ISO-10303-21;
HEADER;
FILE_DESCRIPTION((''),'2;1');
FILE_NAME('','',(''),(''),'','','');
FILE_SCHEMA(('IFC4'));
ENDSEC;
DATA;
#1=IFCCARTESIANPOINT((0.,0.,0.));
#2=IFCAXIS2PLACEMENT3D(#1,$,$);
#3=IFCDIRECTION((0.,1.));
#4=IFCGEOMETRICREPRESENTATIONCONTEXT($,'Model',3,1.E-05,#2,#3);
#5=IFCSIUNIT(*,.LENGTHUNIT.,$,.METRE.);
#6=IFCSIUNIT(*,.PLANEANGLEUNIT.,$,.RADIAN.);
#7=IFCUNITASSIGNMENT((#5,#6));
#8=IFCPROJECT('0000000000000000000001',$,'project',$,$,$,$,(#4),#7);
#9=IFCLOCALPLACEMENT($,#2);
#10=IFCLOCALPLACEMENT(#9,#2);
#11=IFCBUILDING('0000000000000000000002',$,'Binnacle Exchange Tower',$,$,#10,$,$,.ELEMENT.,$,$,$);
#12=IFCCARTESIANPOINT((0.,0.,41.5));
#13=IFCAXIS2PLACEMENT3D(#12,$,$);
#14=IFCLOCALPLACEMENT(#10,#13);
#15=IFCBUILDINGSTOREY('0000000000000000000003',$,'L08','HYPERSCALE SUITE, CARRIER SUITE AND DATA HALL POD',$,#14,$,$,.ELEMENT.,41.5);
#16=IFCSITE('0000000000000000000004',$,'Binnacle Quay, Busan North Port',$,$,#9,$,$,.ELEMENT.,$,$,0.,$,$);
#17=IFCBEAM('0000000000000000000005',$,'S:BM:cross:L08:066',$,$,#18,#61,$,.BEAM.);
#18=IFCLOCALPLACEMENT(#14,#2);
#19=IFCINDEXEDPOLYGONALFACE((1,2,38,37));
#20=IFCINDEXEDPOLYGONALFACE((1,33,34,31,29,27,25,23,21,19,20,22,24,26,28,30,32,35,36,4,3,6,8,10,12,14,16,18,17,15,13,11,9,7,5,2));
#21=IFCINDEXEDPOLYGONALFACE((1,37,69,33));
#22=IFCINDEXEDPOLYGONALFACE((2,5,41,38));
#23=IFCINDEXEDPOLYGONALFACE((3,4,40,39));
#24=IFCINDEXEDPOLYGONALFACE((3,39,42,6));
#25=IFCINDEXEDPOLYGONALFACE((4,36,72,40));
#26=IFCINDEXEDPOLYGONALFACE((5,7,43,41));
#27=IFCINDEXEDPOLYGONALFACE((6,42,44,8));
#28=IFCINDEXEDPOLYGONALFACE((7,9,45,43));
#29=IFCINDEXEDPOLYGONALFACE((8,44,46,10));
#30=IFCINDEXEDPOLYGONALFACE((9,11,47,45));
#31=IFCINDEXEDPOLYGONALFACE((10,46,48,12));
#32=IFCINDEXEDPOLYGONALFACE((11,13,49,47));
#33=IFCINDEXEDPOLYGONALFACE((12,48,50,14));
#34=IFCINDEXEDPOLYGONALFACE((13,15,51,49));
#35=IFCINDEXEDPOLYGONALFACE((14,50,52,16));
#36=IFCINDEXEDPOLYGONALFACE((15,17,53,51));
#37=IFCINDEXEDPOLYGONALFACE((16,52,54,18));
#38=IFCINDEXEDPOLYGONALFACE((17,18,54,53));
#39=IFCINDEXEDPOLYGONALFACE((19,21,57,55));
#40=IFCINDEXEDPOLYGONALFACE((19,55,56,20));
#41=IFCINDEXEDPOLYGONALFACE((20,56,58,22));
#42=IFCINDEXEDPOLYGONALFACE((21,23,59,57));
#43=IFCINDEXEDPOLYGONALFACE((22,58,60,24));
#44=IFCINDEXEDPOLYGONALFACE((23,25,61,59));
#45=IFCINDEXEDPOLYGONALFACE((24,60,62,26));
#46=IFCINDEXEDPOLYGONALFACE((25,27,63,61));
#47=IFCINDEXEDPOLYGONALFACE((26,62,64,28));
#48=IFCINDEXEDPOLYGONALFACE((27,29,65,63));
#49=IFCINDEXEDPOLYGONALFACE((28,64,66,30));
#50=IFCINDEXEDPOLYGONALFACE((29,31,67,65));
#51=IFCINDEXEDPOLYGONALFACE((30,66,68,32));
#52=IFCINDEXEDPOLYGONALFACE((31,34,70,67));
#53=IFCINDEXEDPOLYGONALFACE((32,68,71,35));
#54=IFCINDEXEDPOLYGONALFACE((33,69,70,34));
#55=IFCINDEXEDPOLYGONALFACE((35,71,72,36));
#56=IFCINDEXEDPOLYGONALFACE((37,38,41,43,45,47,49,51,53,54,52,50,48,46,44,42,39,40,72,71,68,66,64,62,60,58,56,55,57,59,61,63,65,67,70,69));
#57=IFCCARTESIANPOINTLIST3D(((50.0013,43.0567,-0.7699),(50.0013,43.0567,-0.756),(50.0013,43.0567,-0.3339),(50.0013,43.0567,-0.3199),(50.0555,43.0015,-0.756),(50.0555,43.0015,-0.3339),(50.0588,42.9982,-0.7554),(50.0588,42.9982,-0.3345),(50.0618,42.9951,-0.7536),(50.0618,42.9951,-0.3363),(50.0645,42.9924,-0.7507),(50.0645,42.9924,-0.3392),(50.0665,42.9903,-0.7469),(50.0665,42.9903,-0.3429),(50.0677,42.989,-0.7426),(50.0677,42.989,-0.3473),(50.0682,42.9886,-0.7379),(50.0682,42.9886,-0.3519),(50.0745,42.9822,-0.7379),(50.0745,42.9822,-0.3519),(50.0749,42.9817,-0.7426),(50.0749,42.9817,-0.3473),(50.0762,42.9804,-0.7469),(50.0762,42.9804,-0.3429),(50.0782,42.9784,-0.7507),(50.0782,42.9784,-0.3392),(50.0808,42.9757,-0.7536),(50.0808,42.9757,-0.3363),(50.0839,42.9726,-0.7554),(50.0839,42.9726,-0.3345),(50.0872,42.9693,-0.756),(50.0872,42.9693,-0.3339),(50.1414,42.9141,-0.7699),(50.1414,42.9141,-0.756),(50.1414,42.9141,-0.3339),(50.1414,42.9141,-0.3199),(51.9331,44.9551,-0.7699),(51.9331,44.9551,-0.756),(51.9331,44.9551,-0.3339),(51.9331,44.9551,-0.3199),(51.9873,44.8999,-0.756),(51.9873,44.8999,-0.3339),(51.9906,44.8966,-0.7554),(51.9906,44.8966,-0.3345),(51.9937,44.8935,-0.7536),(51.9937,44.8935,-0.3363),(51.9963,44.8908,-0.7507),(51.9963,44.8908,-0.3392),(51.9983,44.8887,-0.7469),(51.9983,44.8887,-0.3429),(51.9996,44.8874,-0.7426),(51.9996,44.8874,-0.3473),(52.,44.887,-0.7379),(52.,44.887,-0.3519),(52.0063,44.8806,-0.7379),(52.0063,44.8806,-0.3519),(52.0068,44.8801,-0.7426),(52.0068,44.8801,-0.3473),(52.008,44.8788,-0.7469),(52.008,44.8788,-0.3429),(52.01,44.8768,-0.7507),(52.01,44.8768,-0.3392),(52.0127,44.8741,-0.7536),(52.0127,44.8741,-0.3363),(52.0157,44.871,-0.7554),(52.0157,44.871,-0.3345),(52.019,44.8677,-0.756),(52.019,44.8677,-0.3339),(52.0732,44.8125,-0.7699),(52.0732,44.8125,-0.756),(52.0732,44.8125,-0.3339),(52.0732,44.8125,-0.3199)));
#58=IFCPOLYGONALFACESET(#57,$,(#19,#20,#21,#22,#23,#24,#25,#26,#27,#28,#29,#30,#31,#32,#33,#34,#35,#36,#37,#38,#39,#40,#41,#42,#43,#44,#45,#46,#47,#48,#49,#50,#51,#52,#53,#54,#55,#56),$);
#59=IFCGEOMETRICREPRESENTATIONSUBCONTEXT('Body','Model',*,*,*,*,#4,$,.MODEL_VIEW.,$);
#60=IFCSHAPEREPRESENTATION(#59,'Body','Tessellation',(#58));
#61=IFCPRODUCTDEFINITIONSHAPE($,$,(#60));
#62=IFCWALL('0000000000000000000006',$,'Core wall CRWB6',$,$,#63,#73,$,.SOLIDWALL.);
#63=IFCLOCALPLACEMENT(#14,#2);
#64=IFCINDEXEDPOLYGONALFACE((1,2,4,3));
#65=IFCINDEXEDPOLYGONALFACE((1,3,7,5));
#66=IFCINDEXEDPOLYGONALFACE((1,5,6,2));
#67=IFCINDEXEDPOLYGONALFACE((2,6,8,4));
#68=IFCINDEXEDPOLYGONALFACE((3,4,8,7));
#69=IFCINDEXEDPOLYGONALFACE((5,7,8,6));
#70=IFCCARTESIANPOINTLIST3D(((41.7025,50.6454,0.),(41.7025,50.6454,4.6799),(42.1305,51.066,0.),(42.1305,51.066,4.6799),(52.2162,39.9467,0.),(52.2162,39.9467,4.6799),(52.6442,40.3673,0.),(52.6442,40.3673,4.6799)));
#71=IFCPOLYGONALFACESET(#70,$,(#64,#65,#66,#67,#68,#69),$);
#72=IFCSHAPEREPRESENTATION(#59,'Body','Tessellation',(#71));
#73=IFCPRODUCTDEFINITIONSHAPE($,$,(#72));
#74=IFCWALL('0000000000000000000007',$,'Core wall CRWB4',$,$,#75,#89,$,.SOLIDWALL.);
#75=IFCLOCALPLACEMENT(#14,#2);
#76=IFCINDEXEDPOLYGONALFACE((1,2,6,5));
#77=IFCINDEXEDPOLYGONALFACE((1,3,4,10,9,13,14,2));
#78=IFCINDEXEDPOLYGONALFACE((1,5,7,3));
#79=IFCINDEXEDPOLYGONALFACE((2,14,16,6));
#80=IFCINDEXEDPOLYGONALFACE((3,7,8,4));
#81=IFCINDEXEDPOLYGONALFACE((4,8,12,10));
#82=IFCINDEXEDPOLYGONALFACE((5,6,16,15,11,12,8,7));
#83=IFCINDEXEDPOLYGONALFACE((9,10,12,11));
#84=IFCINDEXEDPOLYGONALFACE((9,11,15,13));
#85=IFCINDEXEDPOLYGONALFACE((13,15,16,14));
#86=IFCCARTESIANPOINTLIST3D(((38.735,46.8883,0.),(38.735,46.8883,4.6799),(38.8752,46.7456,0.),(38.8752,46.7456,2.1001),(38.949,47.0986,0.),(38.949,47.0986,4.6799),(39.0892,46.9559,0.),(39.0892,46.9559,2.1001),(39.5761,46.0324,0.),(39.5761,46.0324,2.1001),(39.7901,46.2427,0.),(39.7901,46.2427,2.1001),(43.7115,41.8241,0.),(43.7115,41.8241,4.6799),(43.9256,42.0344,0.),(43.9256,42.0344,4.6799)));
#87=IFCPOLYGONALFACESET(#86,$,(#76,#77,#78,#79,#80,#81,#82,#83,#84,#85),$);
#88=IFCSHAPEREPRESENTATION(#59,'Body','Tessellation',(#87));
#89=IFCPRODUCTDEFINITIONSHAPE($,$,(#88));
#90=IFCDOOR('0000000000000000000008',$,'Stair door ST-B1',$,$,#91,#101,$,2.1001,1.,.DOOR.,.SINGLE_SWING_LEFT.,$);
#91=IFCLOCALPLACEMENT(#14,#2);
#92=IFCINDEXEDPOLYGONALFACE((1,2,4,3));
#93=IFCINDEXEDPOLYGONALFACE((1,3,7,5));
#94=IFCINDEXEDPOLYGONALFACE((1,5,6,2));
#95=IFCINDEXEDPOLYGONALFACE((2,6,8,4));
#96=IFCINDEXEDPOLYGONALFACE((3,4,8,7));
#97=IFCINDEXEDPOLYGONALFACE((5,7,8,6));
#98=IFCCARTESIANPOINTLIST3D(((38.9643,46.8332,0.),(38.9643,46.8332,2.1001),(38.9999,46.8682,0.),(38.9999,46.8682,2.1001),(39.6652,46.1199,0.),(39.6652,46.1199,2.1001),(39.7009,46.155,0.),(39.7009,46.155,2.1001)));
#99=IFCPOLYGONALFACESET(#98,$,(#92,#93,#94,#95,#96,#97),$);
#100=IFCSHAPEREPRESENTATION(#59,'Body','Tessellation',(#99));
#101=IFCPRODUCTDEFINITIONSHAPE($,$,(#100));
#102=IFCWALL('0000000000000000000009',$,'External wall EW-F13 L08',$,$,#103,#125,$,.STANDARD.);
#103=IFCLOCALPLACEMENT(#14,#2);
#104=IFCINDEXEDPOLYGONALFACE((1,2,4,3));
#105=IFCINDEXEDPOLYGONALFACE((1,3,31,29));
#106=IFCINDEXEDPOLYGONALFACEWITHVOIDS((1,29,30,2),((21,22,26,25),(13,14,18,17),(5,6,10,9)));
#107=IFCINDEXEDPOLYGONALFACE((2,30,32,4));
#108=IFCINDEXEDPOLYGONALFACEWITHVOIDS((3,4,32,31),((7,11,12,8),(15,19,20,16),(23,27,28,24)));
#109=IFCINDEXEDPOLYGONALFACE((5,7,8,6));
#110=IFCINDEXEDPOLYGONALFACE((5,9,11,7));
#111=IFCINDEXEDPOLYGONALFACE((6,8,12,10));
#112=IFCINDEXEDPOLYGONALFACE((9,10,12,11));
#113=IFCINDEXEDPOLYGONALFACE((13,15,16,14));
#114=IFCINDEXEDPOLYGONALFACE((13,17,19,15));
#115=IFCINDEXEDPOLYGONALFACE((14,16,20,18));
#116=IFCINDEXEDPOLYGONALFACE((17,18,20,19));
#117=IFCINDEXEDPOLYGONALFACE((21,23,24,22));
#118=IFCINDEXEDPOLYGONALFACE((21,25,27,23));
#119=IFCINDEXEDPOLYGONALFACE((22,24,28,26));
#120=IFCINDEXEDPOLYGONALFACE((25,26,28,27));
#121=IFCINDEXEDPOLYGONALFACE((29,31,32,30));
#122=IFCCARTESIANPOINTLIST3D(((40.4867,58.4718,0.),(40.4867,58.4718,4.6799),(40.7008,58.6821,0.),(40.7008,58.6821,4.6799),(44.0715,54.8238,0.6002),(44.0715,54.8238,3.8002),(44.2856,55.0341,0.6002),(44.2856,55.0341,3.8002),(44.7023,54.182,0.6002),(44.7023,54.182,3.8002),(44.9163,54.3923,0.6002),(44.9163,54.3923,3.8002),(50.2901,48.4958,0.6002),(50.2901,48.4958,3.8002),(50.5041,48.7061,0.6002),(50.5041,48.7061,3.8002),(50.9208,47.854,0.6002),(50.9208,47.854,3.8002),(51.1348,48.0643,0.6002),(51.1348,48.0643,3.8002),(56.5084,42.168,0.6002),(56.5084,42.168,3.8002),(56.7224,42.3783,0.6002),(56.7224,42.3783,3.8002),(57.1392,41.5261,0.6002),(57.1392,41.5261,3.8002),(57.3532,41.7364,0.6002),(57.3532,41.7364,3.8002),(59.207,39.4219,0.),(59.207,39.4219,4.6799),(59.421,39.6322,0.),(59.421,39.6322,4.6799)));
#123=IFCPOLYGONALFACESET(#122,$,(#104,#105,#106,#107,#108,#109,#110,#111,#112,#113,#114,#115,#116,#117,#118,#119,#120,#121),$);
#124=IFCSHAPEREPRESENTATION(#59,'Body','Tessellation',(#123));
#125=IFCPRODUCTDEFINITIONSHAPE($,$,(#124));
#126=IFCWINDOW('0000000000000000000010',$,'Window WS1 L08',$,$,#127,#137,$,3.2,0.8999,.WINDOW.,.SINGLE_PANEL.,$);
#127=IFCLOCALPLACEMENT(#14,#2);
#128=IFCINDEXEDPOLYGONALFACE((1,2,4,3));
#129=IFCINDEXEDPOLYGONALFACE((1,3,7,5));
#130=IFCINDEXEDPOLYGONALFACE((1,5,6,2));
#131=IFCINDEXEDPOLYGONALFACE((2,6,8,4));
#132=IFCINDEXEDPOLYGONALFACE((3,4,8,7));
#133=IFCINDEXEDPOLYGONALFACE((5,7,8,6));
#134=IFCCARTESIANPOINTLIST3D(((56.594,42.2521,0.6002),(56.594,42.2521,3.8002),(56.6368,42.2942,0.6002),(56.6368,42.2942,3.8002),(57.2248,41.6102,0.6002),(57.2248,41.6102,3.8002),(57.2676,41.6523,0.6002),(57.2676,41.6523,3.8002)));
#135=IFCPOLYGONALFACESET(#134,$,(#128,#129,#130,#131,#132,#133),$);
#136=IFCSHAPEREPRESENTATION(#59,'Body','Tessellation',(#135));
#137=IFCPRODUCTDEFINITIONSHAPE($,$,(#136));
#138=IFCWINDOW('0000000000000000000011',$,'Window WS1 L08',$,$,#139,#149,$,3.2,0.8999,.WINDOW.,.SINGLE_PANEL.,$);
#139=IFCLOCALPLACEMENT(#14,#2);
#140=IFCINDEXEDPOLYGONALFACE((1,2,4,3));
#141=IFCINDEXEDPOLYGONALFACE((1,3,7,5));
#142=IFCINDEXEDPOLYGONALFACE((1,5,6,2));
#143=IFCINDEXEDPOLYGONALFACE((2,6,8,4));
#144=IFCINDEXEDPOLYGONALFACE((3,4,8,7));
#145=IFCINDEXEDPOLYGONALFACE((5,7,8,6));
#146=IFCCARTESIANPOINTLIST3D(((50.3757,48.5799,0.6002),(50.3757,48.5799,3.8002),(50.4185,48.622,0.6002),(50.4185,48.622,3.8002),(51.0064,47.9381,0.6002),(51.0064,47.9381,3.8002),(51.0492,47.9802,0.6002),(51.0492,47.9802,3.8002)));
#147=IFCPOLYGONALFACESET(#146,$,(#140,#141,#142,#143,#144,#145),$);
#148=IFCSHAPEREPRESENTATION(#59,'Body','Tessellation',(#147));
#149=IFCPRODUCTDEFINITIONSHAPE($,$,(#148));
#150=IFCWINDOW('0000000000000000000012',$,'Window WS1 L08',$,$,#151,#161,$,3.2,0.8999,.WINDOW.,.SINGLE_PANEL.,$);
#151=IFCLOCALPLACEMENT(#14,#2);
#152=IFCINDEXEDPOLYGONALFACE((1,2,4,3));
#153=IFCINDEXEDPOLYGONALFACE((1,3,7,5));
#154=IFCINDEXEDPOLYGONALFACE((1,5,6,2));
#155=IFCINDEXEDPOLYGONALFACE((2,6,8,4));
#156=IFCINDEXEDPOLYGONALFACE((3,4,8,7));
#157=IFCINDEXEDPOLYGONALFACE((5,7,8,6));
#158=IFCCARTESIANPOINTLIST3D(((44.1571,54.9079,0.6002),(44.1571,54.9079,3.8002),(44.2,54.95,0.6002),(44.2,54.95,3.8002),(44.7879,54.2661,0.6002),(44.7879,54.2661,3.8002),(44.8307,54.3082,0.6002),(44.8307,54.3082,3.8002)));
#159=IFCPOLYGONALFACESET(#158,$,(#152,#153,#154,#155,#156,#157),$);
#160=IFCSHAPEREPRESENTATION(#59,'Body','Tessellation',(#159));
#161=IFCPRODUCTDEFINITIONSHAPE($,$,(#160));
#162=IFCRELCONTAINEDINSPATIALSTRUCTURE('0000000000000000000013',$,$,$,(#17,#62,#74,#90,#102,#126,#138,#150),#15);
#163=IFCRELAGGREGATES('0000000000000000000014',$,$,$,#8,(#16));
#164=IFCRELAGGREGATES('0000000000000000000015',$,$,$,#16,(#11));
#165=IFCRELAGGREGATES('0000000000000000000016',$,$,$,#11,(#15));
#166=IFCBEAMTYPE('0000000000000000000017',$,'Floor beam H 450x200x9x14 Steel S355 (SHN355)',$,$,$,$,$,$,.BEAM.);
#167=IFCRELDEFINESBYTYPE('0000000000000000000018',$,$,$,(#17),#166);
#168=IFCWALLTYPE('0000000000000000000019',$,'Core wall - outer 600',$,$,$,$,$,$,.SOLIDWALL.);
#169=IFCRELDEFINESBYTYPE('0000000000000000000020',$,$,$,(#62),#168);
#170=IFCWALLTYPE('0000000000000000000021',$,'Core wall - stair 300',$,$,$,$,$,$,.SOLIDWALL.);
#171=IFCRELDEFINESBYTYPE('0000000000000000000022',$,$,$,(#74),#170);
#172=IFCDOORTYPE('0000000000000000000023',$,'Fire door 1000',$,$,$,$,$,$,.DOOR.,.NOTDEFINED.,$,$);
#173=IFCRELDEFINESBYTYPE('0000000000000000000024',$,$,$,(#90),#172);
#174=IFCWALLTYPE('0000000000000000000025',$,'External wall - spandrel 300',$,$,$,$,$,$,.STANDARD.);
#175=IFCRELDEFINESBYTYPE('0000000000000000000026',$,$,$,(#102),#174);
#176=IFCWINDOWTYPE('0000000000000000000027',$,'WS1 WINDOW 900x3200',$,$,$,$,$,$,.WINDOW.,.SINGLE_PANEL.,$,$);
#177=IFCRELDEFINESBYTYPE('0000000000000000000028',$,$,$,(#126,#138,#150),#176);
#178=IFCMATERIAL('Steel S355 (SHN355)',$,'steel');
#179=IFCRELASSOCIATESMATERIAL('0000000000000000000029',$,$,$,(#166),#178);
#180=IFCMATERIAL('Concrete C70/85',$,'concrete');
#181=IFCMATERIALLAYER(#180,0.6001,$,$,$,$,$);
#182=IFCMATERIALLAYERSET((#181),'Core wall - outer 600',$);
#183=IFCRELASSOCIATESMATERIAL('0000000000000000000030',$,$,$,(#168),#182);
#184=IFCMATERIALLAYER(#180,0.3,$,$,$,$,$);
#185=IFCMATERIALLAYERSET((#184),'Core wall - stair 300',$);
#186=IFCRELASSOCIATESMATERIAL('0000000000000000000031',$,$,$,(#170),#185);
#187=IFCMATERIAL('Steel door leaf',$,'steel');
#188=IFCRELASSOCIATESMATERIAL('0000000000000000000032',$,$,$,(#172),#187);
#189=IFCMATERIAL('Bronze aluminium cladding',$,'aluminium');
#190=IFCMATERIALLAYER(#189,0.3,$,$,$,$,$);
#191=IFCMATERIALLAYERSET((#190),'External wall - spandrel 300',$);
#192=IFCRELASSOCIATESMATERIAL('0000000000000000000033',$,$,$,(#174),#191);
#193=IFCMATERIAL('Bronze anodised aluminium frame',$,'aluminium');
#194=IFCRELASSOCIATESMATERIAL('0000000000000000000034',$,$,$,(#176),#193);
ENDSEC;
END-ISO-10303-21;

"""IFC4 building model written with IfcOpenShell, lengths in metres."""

from ifc_helpers import new_model, si_unit, direction, frame, frame_2d, origin, origin_2d, place, context, subcontext, project, spatial, rectangle, i_section, extrude, material, layer, layer_set, material_profile, profile_set, type_object, element, fill, save


model = new_model("IFC4")

# Units and contexts
model_context = context("Model", 3, precision=1e-05, world=origin(), true_north=direction((0.0, 1.0)))
body_context = subcontext(model_context, "Body", "Model", "MODEL_VIEW")
ifc_project = project(units=[si_unit("LENGTHUNIT", "METRE"), si_unit("PLANEANGLEUNIT", "RADIAN")], contexts=[model_context])

# Site, building, storey
site_placement = place(None, origin())
site = spatial("IfcSite", under=ifc_project, at=site_placement, Name="Binnacle Quay, Busan North Port", CompositionType="ELEMENT", RefElevation=0.0)
building_placement = place(site_placement, origin())
building = spatial("IfcBuilding", under=site, at=building_placement, Name="Binnacle Exchange Tower", CompositionType="ELEMENT")
storey_placement = place(building_placement, frame((0.0, 0.0, 41.5)))
storey = spatial("IfcBuildingStorey", under=building, at=storey_placement, Name="L08", Description="HYPERSCALE SUITE, CARRIER SUITE AND DATA HALL POD", CompositionType="ELEMENT", Elevation=41.5)

# Shared definitions
ifc_material_1 = material(Name="Concrete C70/85", Category="concrete")

# Beam
ifc_material_2 = material(Name="Steel S355 (SHN355)", Category="steel")
ifc_material_profile_1 = material_profile(ifc_material_2, i_section(OverallWidth=0.2, OverallDepth=0.45, WebThickness=0.009, FlangeThickness=0.0139, FilletRadius=0.0181, at=origin_2d()), Name="H 450x200x9x14")
ifc_profile_set_1 = profile_set([ifc_material_profile_1], Name="Steel S355 (SHN355)")
beam_type_1 = type_object("IfcBeamType", Name="Floor beam H 450x200x9x14 Steel S355 (SHN355)", PredefinedType="BEAM", material=ifc_profile_set_1)
for number, where, z_axis, x_axis, name in (
    (1, (52.0032, 44.8838, -0.5449), (-0.713254, -0.700905, 0.0), (0.700905, -0.713254, 0.0), "S:BM:cross:L08:066"),
):
    element("IfcBeam", number, at=place(storey_placement, frame(where, z_axis=z_axis, x_axis=x_axis)), inside=storey, type_object=beam_type_1, Name=name, PredefinedType="BEAM", context=body_context, shape_type="SweptSolid", body=[
        extrude(i_section(OverallWidth=0.2, OverallDepth=0.45, WebThickness=0.009, FlangeThickness=0.0139, FilletRadius=0.0181, at=origin_2d()), origin(), (0.0, 0.0, 1.0), 2.7085),
    ])

# Wall
ifc_layer_1 = layer(ifc_material_1, 0.6001)
ifc_layer_set_1 = layer_set([ifc_layer_1], Name="Core wall - outer 600")
wall_type_1 = type_object("IfcWallType", Name="Core wall - outer 600", PredefinedType="SOLIDWALL", material=ifc_layer_set_1)
wall_1_placement = place(storey_placement, frame((41.9165, 50.8557, 0.0), z_axis=(0.0, 0.0, 1.0), x_axis=(0.700911, -0.713248, 0.0)))
element("IfcWall", 2, at=wall_1_placement, inside=storey, type_object=wall_type_1, Name="Core wall CRWB6", PredefinedType="SOLIDWALL", context=body_context, shape_type="SweptSolid", body=[
    extrude(rectangle(XDim=15.0, YDim=0.6001, at=frame_2d((7.5, 0.0))), origin(), (0.0, 0.0, 1.0), 4.6799),
])

# Wall, opening, door
ifc_layer_2 = layer(ifc_material_1, 0.3)
ifc_layer_set_2 = layer_set([ifc_layer_2], Name="Core wall - stair 300")
wall_type_2 = type_object("IfcWallType", Name="Core wall - stair 300", PredefinedType="SOLIDWALL", material=ifc_layer_set_2)
wall_2_placement = place(storey_placement, frame((38.842, 46.9934, 0.0), z_axis=(0.0, 0.0, 1.0), x_axis=(0.700908, -0.713252, 0.0)))
wall_2 = element("IfcWall", 3, at=wall_2_placement, inside=storey, type_object=wall_type_2, Name="Core wall CRWB4", PredefinedType="SOLIDWALL", context=body_context, shape_type="SweptSolid", body=[
    extrude(rectangle(XDim=7.1001, YDim=0.3, at=frame_2d((3.55, 0.0))), origin(), (0.0, 0.0, 1.0), 4.6799),
])
opening_1_placement = place(wall_2_placement, frame((0.2, 0.0, 0.0)))
opening_1 = element("IfcOpeningElement", 4, at=opening_1_placement, cuts=wall_2, PredefinedType="OPENING", context=body_context, shape_type="SweptSolid", body=[
    extrude(rectangle(XDim=1.0, YDim=2.1001, at=frame_2d((0.5, 1.05))), frame((0.0, 0.1599, 0.0), z_axis=(0.0, -1.0, 0.0), x_axis=(1.0, 0.0, 0.0)), (0.0, 0.0, 1.0), 0.3201),
])
ifc_material_3 = material(Name="Steel door leaf", Category="steel")
door_type = type_object("IfcDoorType", Name="Fire door 1000", OperationType="NOTDEFINED", PredefinedType="DOOR", material=ifc_material_3)
door_placement = place(opening_1_placement, origin())
door = element("IfcDoor", 5, at=door_placement, inside=storey, type_object=door_type, Name="Stair door ST-B1", OperationType="SINGLE_SWING_LEFT", OverallHeight=2.1001, OverallWidth=1.0, PredefinedType="DOOR", context=body_context, shape_type="SweptSolid", body=[
    extrude(rectangle(XDim=1.0, YDim=2.1001, at=frame_2d((0.5, 1.05))), frame((0.0, 0.0249, 0.0), z_axis=(0.0, -1.0, 0.0), x_axis=(1.0, 0.0, 0.0)), (0.0, 0.0, 1.0), 0.05),
])
fill(opening_1, door)

# Wall, openings, windows
ifc_material_4 = material(Name="Bronze aluminium cladding", Category="aluminium")
ifc_layer_3 = layer(ifc_material_4, 0.3)
ifc_layer_set_3 = layer_set([ifc_layer_3], Name="External wall - spandrel 300")
wall_type_3 = type_object("IfcWallType", Name="External wall - spandrel 300", PredefinedType="STANDARD", material=ifc_layer_set_3)
wall_3_placement = place(storey_placement, frame((40.5938, 58.5769, 0.0), z_axis=(0.0, 0.0, 1.0), x_axis=(0.70091, -0.71325, 0.0)))
wall_3 = element("IfcWall", 6, at=wall_3_placement, inside=storey, type_object=wall_type_3, Name="External wall EW-F13 L08", PredefinedType="STANDARD", context=body_context, shape_type="SweptSolid", body=[
    extrude(rectangle(XDim=26.7085, YDim=0.3, at=frame_2d((13.3542, 0.0))), origin(), (0.0, 0.0, 1.0), 4.6799),
])
opening_2_placement = place(wall_3_placement, frame((22.8584, 0.0, 0.6001)))
opening_2 = element("IfcOpeningElement", 7, at=opening_2_placement, cuts=wall_3, PredefinedType="OPENING", context=body_context, shape_type="SweptSolid", body=[
    extrude(rectangle(XDim=0.8999, YDim=3.2, at=frame_2d((0.45, 1.6001))), frame((0.0, 0.1599, 0.0), z_axis=(0.0, -1.0, 0.0), x_axis=(1.0, 0.0, 0.0)), (0.0, 0.0, 1.0), 0.3201),
])
opening_3_placement = place(wall_3_placement, frame((13.9866, 0.0, 0.6001)))
opening_3 = element("IfcOpeningElement", 8, at=opening_3_placement, cuts=wall_3, PredefinedType="OPENING", context=body_context, shape_type="SweptSolid", body=[
    extrude(rectangle(XDim=0.8999, YDim=3.2, at=frame_2d((0.45, 1.6001))), frame((0.0, 0.1599, 0.0), z_axis=(0.0, -1.0, 0.0), x_axis=(1.0, 0.0, 0.0)), (0.0, 0.0, 1.0), 0.3201),
])
opening_4_placement = place(wall_3_placement, frame((5.1145, 0.0, 0.6001)))
opening_4 = element("IfcOpeningElement", 9, at=opening_4_placement, cuts=wall_3, PredefinedType="OPENING", context=body_context, shape_type="SweptSolid", body=[
    extrude(rectangle(XDim=0.8999, YDim=3.2, at=frame_2d((0.45, 1.6001))), frame((0.0, 0.1599, 0.0), z_axis=(0.0, -1.0, 0.0), x_axis=(1.0, 0.0, 0.0)), (0.0, 0.0, 1.0), 0.3201),
])
ifc_material_5 = material(Name="Bronze anodised aluminium frame", Category="aluminium")
window_type = type_object("IfcWindowType", Name="WS1 WINDOW 900x3200", PartitioningType="SINGLE_PANEL", PredefinedType="WINDOW", material=ifc_material_5)
window_1_placement = place(opening_2_placement, origin())
window_1 = element("IfcWindow", 10, at=window_1_placement, inside=storey, type_object=window_type, Name="Window WS1 L08", OverallHeight=3.2, OverallWidth=0.8999, PartitioningType="SINGLE_PANEL", PredefinedType="WINDOW", context=body_context, shape_type="SweptSolid", body=[
    extrude(rectangle(XDim=0.8999, YDim=3.2, at=frame_2d((0.45, 1.6001))), frame((0.0, 0.03, 0.0), z_axis=(0.0, -1.0, 0.0), x_axis=(1.0, 0.0, 0.0)), (0.0, 0.0, 1.0), 0.0601),
])
fill(opening_2, window_1)
window_2_placement = place(opening_3_placement, origin())
window_2 = element("IfcWindow", 11, at=window_2_placement, inside=storey, type_object=window_type, Name="Window WS1 L08", OverallHeight=3.2, OverallWidth=0.8999, PartitioningType="SINGLE_PANEL", PredefinedType="WINDOW", context=body_context, shape_type="SweptSolid", body=[
    extrude(rectangle(XDim=0.8999, YDim=3.2, at=frame_2d((0.45, 1.6001))), frame((0.0, 0.03, 0.0), z_axis=(0.0, -1.0, 0.0), x_axis=(1.0, 0.0, 0.0)), (0.0, 0.0, 1.0), 0.0601),
])
fill(opening_3, window_2)
window_3_placement = place(opening_4_placement, origin())
window_3 = element("IfcWindow", 12, at=window_3_placement, inside=storey, type_object=window_type, Name="Window WS1 L08", OverallHeight=3.2, OverallWidth=0.8999, PartitioningType="SINGLE_PANEL", PredefinedType="WINDOW", context=body_context, shape_type="SweptSolid", body=[
    extrude(rectangle(XDim=0.8999, YDim=3.2, at=frame_2d((0.45, 1.6001))), frame((0.0, 0.03, 0.0), z_axis=(0.0, -1.0, 0.0), x_axis=(1.0, 0.0, 0.0)), (0.0, 0.0, 1.0), 0.0601),
])
fill(opening_4, window_3)

save(model, "model.ifc")
